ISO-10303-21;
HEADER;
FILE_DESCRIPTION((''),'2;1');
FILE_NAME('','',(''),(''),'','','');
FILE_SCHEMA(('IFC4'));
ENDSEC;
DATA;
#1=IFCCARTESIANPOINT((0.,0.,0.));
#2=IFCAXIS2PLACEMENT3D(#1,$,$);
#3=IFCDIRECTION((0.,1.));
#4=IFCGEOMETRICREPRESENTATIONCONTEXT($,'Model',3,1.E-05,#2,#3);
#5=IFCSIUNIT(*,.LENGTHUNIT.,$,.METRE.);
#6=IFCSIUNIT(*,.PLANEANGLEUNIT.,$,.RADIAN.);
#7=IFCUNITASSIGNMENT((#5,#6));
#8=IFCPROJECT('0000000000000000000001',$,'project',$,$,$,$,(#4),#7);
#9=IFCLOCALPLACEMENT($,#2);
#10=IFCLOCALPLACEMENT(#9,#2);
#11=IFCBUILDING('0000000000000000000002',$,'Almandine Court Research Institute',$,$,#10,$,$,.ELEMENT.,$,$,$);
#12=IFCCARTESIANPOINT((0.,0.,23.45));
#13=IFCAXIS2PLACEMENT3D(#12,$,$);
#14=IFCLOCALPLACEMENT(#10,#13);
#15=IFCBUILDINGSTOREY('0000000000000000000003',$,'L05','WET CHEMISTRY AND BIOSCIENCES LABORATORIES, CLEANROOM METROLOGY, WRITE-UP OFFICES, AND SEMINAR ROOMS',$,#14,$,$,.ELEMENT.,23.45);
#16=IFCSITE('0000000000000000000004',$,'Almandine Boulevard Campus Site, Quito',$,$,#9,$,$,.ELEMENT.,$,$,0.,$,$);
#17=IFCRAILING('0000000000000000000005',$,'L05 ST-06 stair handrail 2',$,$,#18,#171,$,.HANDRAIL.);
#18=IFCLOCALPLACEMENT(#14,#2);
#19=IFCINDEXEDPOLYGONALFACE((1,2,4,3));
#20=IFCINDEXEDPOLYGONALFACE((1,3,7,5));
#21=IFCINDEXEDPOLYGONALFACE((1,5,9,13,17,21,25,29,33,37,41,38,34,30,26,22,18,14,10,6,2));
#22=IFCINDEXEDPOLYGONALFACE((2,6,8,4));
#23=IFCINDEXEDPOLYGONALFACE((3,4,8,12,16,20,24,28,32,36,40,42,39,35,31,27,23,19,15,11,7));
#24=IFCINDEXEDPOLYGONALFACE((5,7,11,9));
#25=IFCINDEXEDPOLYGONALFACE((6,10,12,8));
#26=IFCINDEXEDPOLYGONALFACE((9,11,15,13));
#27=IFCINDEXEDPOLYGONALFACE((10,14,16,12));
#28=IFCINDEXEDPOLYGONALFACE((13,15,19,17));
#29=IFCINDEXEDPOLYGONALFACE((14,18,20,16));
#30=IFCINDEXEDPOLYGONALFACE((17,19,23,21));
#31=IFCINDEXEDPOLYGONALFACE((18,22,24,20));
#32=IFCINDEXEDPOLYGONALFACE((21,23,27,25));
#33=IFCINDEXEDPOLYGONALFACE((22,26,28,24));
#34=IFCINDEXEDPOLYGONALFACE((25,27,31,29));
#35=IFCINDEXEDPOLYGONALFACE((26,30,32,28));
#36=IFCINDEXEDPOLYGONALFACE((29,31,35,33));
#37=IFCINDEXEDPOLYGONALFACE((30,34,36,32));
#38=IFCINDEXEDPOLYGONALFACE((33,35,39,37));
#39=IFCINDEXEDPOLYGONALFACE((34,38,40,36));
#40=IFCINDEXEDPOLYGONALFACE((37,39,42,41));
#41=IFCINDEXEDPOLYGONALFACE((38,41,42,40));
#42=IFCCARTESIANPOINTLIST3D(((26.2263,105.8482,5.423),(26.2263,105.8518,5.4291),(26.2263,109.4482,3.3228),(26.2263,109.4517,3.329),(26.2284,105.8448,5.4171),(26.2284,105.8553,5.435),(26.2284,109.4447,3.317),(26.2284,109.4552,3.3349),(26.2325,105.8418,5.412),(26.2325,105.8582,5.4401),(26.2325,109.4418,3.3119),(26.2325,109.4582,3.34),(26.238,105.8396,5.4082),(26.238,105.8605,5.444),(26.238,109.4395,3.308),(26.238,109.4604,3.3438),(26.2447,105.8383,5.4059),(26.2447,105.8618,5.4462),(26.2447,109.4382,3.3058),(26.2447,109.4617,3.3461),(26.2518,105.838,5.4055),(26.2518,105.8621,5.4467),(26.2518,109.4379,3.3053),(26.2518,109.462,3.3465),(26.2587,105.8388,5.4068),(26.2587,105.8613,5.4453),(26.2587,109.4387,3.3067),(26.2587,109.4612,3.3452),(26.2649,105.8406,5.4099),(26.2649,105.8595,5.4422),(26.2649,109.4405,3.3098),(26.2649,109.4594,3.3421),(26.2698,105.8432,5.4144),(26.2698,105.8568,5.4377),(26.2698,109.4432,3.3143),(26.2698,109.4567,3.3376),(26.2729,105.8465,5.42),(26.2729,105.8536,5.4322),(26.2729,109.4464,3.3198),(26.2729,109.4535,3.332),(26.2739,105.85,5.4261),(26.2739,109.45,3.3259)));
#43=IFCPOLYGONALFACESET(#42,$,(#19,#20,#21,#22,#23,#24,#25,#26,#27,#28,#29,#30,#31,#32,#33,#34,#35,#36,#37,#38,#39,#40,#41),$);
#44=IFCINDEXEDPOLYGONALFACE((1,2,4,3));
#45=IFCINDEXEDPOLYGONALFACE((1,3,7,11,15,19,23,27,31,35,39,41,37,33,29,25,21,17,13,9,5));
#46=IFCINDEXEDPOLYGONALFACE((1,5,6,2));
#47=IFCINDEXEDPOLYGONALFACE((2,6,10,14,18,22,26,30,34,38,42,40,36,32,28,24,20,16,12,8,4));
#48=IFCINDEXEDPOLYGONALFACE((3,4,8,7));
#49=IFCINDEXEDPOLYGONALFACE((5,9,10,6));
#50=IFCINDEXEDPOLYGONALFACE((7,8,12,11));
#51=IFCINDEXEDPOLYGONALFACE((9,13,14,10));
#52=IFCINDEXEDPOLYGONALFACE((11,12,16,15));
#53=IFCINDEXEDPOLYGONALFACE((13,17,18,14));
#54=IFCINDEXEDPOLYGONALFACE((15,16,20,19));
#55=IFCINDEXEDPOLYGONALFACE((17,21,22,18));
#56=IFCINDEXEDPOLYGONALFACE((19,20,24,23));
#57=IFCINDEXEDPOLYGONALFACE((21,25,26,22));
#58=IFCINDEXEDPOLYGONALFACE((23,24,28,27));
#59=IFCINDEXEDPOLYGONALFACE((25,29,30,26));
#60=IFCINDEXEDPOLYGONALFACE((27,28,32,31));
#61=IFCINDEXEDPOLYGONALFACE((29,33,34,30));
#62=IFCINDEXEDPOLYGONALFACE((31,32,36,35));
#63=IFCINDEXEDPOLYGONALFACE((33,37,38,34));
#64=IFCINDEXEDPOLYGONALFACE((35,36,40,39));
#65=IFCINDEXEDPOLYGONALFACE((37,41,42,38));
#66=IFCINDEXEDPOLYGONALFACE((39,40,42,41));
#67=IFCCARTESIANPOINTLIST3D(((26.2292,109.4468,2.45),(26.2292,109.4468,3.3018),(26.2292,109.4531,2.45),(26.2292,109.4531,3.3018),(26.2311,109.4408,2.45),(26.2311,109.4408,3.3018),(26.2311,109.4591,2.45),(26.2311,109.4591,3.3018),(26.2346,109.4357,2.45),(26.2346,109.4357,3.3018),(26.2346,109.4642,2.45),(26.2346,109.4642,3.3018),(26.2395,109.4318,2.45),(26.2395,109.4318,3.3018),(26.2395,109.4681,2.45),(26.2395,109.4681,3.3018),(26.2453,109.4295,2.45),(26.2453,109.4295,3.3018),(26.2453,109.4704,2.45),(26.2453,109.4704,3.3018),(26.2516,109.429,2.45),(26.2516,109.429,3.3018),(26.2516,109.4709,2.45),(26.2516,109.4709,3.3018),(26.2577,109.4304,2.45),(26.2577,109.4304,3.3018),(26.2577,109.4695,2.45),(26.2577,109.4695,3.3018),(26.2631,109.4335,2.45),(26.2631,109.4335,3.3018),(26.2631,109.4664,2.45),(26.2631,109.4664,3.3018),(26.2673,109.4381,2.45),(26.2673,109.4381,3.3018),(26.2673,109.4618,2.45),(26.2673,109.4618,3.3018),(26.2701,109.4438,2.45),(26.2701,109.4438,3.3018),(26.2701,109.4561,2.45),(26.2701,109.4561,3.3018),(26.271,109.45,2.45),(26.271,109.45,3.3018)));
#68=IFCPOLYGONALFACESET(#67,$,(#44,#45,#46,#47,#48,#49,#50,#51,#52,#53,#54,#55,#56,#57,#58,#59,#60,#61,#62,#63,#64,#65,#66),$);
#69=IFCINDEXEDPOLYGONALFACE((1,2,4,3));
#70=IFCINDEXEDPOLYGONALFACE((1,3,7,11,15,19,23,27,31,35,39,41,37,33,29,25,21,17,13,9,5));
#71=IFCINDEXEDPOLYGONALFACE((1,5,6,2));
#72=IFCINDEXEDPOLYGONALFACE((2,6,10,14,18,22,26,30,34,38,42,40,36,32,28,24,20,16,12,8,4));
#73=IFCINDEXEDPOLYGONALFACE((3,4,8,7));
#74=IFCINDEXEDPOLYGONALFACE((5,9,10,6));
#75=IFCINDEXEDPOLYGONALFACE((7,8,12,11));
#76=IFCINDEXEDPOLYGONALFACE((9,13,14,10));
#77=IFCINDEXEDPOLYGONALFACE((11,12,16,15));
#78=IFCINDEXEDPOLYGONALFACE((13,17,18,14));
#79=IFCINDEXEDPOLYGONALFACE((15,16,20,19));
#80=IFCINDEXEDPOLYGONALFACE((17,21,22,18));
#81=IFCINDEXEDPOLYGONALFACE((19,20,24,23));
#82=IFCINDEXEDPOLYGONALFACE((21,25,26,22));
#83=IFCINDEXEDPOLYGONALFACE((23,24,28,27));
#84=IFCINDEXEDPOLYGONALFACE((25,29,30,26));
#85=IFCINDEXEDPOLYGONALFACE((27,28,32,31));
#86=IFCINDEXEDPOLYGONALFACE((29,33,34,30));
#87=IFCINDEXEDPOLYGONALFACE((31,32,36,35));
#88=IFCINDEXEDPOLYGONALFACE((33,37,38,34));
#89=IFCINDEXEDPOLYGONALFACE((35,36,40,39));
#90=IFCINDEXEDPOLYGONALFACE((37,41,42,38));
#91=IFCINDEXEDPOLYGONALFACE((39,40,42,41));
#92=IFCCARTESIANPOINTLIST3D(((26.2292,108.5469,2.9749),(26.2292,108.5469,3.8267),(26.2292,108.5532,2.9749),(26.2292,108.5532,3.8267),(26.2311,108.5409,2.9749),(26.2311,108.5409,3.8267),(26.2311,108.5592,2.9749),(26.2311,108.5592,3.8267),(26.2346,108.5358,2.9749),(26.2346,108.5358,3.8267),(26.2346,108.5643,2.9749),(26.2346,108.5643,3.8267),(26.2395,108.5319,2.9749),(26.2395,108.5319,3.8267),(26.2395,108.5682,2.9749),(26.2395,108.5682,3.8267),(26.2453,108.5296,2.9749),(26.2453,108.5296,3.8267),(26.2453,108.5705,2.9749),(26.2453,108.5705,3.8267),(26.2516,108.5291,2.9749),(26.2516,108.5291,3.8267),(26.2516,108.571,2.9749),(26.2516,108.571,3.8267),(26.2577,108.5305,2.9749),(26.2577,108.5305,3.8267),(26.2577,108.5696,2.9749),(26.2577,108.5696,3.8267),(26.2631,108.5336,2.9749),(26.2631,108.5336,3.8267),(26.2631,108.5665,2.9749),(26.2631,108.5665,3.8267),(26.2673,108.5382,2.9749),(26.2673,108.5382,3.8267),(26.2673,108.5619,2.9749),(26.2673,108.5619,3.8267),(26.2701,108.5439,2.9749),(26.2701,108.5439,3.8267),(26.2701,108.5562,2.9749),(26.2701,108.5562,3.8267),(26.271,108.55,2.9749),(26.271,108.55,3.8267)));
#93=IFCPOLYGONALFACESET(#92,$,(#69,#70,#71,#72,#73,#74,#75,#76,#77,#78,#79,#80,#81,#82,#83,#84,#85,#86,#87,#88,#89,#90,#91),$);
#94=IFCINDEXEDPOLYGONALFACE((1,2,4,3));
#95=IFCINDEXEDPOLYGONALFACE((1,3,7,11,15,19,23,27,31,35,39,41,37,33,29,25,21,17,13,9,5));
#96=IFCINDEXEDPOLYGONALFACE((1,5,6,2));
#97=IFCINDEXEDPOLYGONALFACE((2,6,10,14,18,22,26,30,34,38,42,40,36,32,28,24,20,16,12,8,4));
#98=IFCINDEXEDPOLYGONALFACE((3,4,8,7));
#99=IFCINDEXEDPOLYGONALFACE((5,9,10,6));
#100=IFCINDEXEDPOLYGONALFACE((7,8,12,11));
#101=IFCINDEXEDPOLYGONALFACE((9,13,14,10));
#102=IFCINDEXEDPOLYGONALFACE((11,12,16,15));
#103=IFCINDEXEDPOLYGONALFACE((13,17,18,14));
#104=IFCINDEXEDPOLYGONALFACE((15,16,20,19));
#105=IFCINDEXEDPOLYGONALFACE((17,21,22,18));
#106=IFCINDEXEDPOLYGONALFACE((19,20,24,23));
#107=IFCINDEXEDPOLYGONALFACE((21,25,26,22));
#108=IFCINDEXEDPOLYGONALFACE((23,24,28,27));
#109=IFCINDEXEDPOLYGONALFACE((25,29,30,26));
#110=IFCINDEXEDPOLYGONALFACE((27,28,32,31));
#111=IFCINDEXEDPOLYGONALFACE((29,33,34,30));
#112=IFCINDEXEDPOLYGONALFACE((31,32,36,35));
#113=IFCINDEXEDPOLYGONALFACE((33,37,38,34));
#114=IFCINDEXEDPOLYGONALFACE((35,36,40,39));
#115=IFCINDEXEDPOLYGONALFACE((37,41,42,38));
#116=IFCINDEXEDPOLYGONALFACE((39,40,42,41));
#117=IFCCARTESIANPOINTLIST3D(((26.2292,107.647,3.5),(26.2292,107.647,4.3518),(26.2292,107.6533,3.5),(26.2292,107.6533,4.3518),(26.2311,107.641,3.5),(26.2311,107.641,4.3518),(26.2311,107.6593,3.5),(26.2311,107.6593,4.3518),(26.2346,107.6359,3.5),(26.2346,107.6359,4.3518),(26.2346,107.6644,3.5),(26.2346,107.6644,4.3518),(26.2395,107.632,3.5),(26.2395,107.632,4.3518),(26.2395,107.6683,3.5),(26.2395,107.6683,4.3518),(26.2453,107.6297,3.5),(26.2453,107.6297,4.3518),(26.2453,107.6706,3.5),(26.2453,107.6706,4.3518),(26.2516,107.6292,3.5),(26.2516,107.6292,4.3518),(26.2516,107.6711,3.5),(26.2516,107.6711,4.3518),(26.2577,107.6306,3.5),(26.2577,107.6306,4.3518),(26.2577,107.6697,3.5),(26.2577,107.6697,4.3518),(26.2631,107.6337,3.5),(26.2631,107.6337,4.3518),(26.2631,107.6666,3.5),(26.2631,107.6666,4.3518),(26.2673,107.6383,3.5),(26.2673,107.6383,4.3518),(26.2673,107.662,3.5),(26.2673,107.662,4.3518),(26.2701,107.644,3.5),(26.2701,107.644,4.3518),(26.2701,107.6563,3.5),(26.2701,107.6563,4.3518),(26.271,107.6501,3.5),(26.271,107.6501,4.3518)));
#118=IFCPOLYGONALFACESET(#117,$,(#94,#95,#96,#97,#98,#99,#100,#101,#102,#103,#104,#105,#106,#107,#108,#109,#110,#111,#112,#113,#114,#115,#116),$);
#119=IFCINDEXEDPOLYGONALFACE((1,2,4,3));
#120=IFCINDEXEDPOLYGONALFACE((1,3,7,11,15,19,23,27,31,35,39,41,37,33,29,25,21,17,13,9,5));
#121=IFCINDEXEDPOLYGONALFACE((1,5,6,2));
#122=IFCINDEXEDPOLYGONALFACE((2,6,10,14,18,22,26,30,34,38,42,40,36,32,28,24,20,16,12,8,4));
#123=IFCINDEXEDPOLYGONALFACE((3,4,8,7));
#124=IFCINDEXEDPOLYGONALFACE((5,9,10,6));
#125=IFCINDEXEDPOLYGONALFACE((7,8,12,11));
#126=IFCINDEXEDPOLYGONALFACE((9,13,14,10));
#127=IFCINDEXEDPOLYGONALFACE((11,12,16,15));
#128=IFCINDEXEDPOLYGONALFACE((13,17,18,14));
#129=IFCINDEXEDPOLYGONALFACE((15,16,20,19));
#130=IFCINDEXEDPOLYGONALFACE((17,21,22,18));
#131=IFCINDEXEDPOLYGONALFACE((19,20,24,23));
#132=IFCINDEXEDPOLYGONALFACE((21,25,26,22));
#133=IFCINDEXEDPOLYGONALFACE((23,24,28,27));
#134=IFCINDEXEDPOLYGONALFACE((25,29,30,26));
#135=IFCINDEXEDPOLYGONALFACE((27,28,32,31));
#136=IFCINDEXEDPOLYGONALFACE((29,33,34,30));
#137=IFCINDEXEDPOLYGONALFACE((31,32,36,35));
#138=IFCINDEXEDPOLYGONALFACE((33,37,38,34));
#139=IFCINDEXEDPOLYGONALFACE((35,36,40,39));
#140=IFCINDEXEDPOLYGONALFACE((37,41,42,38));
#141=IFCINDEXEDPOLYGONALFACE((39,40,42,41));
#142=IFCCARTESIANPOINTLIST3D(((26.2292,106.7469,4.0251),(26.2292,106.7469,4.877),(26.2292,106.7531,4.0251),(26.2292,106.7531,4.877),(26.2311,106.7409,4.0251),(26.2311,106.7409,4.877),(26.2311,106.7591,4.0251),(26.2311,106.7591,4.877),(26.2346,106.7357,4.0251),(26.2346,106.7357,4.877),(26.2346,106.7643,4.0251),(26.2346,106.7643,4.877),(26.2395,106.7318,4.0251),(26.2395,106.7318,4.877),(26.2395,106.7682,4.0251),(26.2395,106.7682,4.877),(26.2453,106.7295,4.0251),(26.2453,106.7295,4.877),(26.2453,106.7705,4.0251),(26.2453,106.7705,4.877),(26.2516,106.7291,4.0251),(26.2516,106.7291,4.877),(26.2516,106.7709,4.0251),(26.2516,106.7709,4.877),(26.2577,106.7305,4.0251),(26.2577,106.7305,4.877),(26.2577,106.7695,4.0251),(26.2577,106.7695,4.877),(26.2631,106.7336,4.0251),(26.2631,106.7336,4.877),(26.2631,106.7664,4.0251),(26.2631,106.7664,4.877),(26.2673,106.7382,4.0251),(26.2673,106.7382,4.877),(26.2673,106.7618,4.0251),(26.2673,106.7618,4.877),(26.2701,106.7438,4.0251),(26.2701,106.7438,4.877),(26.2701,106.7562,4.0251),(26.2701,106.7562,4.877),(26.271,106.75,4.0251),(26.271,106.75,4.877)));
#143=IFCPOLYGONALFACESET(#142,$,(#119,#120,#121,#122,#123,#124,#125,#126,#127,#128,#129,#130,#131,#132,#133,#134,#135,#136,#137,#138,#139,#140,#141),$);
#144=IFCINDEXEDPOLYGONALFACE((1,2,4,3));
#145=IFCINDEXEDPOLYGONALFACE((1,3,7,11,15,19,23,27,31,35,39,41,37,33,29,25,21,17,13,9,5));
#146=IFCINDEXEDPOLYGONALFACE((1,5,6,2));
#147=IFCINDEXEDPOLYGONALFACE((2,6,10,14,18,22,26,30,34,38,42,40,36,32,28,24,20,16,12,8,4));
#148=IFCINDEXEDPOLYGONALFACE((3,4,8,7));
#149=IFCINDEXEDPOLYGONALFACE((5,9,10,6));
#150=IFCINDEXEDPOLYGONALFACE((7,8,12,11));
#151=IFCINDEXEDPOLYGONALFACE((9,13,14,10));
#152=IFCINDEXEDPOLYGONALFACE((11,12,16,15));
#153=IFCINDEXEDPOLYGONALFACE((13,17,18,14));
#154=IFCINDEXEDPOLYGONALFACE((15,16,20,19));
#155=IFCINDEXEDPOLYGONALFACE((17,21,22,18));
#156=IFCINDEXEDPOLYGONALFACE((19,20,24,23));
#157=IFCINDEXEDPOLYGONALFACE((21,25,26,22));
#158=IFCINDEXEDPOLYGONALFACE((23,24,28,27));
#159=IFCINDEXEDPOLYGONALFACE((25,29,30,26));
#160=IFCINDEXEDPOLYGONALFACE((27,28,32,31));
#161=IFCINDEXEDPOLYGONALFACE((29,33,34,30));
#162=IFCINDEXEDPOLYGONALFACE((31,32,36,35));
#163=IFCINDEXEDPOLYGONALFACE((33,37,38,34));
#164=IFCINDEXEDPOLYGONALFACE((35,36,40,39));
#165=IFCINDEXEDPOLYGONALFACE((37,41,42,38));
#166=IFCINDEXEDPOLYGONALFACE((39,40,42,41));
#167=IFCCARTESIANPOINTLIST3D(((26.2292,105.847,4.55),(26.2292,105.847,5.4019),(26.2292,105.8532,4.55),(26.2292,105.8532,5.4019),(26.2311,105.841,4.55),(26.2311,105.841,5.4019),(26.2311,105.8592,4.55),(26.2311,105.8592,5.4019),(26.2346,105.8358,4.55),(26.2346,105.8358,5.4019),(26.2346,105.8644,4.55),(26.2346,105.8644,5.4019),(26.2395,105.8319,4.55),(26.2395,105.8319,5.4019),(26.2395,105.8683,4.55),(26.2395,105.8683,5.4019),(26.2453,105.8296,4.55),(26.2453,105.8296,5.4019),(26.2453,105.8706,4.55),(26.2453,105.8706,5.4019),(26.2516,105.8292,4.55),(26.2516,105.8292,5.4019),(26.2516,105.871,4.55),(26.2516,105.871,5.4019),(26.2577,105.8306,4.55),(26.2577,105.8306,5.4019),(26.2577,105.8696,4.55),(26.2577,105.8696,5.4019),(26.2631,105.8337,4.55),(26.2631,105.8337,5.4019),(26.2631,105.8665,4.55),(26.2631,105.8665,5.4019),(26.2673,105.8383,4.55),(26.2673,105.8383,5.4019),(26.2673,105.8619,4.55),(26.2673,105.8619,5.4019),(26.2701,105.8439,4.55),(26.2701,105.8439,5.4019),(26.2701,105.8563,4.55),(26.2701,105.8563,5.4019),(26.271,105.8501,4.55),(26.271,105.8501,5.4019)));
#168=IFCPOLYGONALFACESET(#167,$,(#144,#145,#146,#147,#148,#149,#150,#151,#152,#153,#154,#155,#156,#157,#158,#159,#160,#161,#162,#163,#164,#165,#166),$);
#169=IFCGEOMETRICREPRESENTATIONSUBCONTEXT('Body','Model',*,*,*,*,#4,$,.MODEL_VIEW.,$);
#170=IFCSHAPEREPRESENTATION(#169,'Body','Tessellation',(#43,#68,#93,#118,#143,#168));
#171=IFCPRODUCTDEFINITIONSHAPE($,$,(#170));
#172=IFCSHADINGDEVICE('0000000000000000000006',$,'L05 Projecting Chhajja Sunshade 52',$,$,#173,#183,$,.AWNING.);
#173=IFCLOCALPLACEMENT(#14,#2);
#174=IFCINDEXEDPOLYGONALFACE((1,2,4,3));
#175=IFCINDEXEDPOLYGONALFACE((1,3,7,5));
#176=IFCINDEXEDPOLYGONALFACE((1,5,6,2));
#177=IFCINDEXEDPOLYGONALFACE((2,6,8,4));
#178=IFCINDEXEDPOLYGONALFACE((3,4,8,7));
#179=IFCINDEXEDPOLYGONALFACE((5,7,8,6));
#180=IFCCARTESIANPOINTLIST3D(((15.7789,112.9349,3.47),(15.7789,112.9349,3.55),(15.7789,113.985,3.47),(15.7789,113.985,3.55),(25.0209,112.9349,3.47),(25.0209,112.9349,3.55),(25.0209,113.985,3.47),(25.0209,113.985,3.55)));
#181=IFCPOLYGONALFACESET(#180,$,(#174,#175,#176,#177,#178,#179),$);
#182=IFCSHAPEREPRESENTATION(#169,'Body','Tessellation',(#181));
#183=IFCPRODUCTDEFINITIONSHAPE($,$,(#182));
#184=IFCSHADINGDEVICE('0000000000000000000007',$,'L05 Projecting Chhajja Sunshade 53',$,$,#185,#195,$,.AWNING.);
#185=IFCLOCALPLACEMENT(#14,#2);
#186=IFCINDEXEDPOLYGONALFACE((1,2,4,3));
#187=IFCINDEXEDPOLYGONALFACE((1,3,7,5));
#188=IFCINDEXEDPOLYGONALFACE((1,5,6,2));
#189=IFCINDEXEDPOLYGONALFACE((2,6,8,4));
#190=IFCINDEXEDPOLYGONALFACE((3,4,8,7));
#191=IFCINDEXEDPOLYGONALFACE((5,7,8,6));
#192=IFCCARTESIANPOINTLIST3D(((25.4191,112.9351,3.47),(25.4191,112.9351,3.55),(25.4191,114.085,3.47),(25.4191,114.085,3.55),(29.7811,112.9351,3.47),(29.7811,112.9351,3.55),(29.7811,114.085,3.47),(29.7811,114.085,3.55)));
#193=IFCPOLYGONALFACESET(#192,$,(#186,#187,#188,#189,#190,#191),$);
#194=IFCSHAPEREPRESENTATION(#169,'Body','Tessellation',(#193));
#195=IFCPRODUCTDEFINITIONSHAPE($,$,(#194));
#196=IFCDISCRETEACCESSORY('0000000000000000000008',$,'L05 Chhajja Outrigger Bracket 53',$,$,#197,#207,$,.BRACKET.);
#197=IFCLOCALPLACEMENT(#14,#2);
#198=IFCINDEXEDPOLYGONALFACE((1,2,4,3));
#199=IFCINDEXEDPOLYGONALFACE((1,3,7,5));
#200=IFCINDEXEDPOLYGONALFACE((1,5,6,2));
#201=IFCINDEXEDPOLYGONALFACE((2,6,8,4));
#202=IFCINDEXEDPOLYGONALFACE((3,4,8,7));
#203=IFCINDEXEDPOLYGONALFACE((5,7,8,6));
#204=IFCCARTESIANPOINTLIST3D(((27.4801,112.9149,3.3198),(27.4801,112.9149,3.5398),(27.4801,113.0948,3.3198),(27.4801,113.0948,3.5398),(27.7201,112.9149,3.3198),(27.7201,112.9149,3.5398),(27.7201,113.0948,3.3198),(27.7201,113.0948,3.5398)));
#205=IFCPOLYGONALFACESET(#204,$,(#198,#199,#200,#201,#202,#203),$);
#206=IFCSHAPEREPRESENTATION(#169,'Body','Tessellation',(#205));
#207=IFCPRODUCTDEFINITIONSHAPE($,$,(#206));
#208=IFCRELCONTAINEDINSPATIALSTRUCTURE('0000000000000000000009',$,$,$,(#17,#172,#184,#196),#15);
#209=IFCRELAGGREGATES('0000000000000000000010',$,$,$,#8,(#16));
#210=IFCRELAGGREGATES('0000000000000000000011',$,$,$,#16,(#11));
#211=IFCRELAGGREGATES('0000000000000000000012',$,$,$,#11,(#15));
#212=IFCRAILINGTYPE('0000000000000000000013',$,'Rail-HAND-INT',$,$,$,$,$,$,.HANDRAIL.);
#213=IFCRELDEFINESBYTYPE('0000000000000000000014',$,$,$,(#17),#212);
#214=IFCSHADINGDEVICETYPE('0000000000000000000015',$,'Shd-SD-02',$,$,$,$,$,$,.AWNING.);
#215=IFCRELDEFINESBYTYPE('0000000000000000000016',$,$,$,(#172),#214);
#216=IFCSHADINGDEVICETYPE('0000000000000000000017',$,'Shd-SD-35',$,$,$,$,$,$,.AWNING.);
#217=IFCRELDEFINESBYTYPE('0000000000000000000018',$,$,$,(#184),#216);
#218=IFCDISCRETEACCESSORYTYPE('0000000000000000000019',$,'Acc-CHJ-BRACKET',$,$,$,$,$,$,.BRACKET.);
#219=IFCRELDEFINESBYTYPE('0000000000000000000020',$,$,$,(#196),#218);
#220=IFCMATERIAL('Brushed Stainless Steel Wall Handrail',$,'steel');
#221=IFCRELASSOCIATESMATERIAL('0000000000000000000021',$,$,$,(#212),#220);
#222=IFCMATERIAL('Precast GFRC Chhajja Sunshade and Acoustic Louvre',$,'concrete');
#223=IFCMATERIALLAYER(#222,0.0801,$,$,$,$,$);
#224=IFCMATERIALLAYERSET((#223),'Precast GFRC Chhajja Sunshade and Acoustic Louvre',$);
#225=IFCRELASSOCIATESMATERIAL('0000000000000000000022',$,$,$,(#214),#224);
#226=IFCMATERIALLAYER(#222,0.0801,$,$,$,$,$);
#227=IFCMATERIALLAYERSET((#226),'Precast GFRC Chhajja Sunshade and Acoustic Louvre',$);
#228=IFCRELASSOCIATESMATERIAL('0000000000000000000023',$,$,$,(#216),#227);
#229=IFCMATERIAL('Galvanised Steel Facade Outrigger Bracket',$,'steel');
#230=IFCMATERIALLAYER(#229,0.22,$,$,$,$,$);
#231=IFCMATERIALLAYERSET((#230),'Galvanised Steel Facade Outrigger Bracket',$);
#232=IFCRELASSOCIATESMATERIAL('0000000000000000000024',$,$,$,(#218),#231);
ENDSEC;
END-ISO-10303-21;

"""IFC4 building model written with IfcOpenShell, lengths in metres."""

from ifc_helpers import new_model, si_unit, direction, frame, origin, origin_2d, place, context, subcontext, project, spatial, rectangle, circle, extrude, material, layer, layer_set, type_object, element, save


model = new_model("IFC4")

# Units and contexts
model_context = context("Model", 3, precision=1e-05, world=origin(), true_north=direction((0.0, 1.0)))
body_context = subcontext(model_context, "Body", "Model", "MODEL_VIEW")
ifc_project = project(units=[si_unit("LENGTHUNIT", "METRE"), si_unit("PLANEANGLEUNIT", "RADIAN")], contexts=[model_context])

# Site, building, storey
site_placement = place(None, origin())
site = spatial("IfcSite", under=ifc_project, at=site_placement, Name="Almandine Boulevard Campus Site, Quito", CompositionType="ELEMENT", RefElevation=0.0)
building_placement = place(site_placement, origin())
building = spatial("IfcBuilding", under=site, at=building_placement, Name="Almandine Court Research Institute", CompositionType="ELEMENT")
storey_placement = place(building_placement, frame((0.0, 0.0, 23.45)))
storey = spatial("IfcBuildingStorey", under=building, at=storey_placement, Name="L05", Description="WET CHEMISTRY AND BIOSCIENCES LABORATORIES, CLEANROOM METROLOGY, WRITE-UP OFFICES, AND SEMINAR ROOMS", CompositionType="ELEMENT", Elevation=23.45)

# Railing
ifc_material_1 = material(Name="Brushed Stainless Steel Wall Handrail", Category="steel")
railing_type_1 = type_object("IfcRailingType", Name="Rail-HAND-INT", PredefinedType="HANDRAIL", material=ifc_material_1)
railing_1_placement = place(storey_placement, frame((26.25, 109.45, 2.45)))
element("IfcRailing", 1, at=railing_1_placement, inside=storey, type_object=railing_type_1, Name="L05 ST-06 stair handrail 2", PredefinedType="HANDRAIL", context=body_context, shape_type="SweptSolid", body=[
    extrude(circle(Radius=0.0239, at=origin_2d()), frame((0.0, 0.0, 0.876), z_axis=(0.0, -0.86376, 0.503904), x_axis=(1.0, 0.0, 0.0)), (0.0, 0.0, 1.0), 4.1677),
    extrude(circle(Radius=0.021, at=origin_2d()), origin(), (0.0, 0.0, 1.0), 0.8518),
    extrude(circle(Radius=0.021, at=origin_2d()), frame((0.0, -0.8999, 0.5249)), (0.0, 0.0, 1.0), 0.8518),
    extrude(circle(Radius=0.021, at=origin_2d()), frame((0.0, -1.7998, 1.05)), (0.0, 0.0, 1.0), 0.8518),
    extrude(circle(Radius=0.021, at=origin_2d()), frame((0.0, -2.7, 1.5752)), (0.0, 0.0, 1.0), 0.8518),
    extrude(circle(Radius=0.021, at=origin_2d()), frame((0.0, -3.5999, 2.1001)), (0.0, 0.0, 1.0), 0.8518),
])

# Shading devices
ifc_material_2 = material(Name="Precast GFRC Chhajja Sunshade and Acoustic Louvre", Category="concrete")
ifc_layer_1 = layer(ifc_material_2, 0.0801)
ifc_layer_set_1 = layer_set([ifc_layer_1], Name="Precast GFRC Chhajja Sunshade and Acoustic Louvre")
shading_device_type_1 = type_object("IfcShadingDeviceType", Name="Shd-SD-02", PredefinedType="AWNING", material=ifc_layer_set_1)
shading_device_1_placement = place(storey_placement, frame((20.3999, 113.46, 3.47), z_axis=(0.0, 0.0, 1.0), x_axis=(1.0, 0.0, 0.0)))
element("IfcShadingDevice", 2, at=shading_device_1_placement, inside=storey, type_object=shading_device_type_1, Name="L05 Projecting Chhajja Sunshade 52", PredefinedType="AWNING", context=body_context, shape_type="SweptSolid", body=[
    extrude(rectangle(XDim=9.2419, YDim=1.05, at=origin_2d()), origin(), (0.0, 0.0, 1.0), 0.0801),
])
ifc_layer_2 = layer(ifc_material_2, 0.0801)
ifc_layer_set_2 = layer_set([ifc_layer_2], Name="Precast GFRC Chhajja Sunshade and Acoustic Louvre")
shading_device_type_2 = type_object("IfcShadingDeviceType", Name="Shd-SD-35", PredefinedType="AWNING", material=ifc_layer_set_2)
shading_device_2_placement = place(storey_placement, frame((27.6001, 113.51, 3.47), z_axis=(0.0, 0.0, 1.0), x_axis=(1.0, 0.0, 0.0)))
element("IfcShadingDevice", 3, at=shading_device_2_placement, inside=storey, type_object=shading_device_type_2, Name="L05 Projecting Chhajja Sunshade 53", PredefinedType="AWNING", context=body_context, shape_type="SweptSolid", body=[
    extrude(rectangle(XDim=4.3621, YDim=1.1499, at=origin_2d()), origin(), (0.0, 0.0, 1.0), 0.0801),
])

# Discrete accessory
ifc_material_3 = material(Name="Galvanised Steel Facade Outrigger Bracket", Category="steel")
ifc_layer_3 = layer(ifc_material_3, 0.22)
ifc_layer_set_3 = layer_set([ifc_layer_3], Name="Galvanised Steel Facade Outrigger Bracket")
discrete_accessory_type = type_object("IfcDiscreteAccessoryType", Name="Acc-CHJ-BRACKET", PredefinedType="BRACKET", material=ifc_layer_set_3)
discrete_accessory_placement = place(storey_placement, frame((27.6001, 113.0049, 3.3198), z_axis=(0.0, 0.0, 1.0), x_axis=(1.0, 0.0, 0.0)))
element("IfcDiscreteAccessory", 4, at=discrete_accessory_placement, inside=storey, type_object=discrete_accessory_type, Name="L05 Chhajja Outrigger Bracket 53", PredefinedType="BRACKET", context=body_context, shape_type="SweptSolid", body=[
    extrude(rectangle(XDim=0.24, YDim=0.1799, at=origin_2d()), origin(), (0.0, 0.0, 1.0), 0.22),
])

save(model, "model.ifc")
